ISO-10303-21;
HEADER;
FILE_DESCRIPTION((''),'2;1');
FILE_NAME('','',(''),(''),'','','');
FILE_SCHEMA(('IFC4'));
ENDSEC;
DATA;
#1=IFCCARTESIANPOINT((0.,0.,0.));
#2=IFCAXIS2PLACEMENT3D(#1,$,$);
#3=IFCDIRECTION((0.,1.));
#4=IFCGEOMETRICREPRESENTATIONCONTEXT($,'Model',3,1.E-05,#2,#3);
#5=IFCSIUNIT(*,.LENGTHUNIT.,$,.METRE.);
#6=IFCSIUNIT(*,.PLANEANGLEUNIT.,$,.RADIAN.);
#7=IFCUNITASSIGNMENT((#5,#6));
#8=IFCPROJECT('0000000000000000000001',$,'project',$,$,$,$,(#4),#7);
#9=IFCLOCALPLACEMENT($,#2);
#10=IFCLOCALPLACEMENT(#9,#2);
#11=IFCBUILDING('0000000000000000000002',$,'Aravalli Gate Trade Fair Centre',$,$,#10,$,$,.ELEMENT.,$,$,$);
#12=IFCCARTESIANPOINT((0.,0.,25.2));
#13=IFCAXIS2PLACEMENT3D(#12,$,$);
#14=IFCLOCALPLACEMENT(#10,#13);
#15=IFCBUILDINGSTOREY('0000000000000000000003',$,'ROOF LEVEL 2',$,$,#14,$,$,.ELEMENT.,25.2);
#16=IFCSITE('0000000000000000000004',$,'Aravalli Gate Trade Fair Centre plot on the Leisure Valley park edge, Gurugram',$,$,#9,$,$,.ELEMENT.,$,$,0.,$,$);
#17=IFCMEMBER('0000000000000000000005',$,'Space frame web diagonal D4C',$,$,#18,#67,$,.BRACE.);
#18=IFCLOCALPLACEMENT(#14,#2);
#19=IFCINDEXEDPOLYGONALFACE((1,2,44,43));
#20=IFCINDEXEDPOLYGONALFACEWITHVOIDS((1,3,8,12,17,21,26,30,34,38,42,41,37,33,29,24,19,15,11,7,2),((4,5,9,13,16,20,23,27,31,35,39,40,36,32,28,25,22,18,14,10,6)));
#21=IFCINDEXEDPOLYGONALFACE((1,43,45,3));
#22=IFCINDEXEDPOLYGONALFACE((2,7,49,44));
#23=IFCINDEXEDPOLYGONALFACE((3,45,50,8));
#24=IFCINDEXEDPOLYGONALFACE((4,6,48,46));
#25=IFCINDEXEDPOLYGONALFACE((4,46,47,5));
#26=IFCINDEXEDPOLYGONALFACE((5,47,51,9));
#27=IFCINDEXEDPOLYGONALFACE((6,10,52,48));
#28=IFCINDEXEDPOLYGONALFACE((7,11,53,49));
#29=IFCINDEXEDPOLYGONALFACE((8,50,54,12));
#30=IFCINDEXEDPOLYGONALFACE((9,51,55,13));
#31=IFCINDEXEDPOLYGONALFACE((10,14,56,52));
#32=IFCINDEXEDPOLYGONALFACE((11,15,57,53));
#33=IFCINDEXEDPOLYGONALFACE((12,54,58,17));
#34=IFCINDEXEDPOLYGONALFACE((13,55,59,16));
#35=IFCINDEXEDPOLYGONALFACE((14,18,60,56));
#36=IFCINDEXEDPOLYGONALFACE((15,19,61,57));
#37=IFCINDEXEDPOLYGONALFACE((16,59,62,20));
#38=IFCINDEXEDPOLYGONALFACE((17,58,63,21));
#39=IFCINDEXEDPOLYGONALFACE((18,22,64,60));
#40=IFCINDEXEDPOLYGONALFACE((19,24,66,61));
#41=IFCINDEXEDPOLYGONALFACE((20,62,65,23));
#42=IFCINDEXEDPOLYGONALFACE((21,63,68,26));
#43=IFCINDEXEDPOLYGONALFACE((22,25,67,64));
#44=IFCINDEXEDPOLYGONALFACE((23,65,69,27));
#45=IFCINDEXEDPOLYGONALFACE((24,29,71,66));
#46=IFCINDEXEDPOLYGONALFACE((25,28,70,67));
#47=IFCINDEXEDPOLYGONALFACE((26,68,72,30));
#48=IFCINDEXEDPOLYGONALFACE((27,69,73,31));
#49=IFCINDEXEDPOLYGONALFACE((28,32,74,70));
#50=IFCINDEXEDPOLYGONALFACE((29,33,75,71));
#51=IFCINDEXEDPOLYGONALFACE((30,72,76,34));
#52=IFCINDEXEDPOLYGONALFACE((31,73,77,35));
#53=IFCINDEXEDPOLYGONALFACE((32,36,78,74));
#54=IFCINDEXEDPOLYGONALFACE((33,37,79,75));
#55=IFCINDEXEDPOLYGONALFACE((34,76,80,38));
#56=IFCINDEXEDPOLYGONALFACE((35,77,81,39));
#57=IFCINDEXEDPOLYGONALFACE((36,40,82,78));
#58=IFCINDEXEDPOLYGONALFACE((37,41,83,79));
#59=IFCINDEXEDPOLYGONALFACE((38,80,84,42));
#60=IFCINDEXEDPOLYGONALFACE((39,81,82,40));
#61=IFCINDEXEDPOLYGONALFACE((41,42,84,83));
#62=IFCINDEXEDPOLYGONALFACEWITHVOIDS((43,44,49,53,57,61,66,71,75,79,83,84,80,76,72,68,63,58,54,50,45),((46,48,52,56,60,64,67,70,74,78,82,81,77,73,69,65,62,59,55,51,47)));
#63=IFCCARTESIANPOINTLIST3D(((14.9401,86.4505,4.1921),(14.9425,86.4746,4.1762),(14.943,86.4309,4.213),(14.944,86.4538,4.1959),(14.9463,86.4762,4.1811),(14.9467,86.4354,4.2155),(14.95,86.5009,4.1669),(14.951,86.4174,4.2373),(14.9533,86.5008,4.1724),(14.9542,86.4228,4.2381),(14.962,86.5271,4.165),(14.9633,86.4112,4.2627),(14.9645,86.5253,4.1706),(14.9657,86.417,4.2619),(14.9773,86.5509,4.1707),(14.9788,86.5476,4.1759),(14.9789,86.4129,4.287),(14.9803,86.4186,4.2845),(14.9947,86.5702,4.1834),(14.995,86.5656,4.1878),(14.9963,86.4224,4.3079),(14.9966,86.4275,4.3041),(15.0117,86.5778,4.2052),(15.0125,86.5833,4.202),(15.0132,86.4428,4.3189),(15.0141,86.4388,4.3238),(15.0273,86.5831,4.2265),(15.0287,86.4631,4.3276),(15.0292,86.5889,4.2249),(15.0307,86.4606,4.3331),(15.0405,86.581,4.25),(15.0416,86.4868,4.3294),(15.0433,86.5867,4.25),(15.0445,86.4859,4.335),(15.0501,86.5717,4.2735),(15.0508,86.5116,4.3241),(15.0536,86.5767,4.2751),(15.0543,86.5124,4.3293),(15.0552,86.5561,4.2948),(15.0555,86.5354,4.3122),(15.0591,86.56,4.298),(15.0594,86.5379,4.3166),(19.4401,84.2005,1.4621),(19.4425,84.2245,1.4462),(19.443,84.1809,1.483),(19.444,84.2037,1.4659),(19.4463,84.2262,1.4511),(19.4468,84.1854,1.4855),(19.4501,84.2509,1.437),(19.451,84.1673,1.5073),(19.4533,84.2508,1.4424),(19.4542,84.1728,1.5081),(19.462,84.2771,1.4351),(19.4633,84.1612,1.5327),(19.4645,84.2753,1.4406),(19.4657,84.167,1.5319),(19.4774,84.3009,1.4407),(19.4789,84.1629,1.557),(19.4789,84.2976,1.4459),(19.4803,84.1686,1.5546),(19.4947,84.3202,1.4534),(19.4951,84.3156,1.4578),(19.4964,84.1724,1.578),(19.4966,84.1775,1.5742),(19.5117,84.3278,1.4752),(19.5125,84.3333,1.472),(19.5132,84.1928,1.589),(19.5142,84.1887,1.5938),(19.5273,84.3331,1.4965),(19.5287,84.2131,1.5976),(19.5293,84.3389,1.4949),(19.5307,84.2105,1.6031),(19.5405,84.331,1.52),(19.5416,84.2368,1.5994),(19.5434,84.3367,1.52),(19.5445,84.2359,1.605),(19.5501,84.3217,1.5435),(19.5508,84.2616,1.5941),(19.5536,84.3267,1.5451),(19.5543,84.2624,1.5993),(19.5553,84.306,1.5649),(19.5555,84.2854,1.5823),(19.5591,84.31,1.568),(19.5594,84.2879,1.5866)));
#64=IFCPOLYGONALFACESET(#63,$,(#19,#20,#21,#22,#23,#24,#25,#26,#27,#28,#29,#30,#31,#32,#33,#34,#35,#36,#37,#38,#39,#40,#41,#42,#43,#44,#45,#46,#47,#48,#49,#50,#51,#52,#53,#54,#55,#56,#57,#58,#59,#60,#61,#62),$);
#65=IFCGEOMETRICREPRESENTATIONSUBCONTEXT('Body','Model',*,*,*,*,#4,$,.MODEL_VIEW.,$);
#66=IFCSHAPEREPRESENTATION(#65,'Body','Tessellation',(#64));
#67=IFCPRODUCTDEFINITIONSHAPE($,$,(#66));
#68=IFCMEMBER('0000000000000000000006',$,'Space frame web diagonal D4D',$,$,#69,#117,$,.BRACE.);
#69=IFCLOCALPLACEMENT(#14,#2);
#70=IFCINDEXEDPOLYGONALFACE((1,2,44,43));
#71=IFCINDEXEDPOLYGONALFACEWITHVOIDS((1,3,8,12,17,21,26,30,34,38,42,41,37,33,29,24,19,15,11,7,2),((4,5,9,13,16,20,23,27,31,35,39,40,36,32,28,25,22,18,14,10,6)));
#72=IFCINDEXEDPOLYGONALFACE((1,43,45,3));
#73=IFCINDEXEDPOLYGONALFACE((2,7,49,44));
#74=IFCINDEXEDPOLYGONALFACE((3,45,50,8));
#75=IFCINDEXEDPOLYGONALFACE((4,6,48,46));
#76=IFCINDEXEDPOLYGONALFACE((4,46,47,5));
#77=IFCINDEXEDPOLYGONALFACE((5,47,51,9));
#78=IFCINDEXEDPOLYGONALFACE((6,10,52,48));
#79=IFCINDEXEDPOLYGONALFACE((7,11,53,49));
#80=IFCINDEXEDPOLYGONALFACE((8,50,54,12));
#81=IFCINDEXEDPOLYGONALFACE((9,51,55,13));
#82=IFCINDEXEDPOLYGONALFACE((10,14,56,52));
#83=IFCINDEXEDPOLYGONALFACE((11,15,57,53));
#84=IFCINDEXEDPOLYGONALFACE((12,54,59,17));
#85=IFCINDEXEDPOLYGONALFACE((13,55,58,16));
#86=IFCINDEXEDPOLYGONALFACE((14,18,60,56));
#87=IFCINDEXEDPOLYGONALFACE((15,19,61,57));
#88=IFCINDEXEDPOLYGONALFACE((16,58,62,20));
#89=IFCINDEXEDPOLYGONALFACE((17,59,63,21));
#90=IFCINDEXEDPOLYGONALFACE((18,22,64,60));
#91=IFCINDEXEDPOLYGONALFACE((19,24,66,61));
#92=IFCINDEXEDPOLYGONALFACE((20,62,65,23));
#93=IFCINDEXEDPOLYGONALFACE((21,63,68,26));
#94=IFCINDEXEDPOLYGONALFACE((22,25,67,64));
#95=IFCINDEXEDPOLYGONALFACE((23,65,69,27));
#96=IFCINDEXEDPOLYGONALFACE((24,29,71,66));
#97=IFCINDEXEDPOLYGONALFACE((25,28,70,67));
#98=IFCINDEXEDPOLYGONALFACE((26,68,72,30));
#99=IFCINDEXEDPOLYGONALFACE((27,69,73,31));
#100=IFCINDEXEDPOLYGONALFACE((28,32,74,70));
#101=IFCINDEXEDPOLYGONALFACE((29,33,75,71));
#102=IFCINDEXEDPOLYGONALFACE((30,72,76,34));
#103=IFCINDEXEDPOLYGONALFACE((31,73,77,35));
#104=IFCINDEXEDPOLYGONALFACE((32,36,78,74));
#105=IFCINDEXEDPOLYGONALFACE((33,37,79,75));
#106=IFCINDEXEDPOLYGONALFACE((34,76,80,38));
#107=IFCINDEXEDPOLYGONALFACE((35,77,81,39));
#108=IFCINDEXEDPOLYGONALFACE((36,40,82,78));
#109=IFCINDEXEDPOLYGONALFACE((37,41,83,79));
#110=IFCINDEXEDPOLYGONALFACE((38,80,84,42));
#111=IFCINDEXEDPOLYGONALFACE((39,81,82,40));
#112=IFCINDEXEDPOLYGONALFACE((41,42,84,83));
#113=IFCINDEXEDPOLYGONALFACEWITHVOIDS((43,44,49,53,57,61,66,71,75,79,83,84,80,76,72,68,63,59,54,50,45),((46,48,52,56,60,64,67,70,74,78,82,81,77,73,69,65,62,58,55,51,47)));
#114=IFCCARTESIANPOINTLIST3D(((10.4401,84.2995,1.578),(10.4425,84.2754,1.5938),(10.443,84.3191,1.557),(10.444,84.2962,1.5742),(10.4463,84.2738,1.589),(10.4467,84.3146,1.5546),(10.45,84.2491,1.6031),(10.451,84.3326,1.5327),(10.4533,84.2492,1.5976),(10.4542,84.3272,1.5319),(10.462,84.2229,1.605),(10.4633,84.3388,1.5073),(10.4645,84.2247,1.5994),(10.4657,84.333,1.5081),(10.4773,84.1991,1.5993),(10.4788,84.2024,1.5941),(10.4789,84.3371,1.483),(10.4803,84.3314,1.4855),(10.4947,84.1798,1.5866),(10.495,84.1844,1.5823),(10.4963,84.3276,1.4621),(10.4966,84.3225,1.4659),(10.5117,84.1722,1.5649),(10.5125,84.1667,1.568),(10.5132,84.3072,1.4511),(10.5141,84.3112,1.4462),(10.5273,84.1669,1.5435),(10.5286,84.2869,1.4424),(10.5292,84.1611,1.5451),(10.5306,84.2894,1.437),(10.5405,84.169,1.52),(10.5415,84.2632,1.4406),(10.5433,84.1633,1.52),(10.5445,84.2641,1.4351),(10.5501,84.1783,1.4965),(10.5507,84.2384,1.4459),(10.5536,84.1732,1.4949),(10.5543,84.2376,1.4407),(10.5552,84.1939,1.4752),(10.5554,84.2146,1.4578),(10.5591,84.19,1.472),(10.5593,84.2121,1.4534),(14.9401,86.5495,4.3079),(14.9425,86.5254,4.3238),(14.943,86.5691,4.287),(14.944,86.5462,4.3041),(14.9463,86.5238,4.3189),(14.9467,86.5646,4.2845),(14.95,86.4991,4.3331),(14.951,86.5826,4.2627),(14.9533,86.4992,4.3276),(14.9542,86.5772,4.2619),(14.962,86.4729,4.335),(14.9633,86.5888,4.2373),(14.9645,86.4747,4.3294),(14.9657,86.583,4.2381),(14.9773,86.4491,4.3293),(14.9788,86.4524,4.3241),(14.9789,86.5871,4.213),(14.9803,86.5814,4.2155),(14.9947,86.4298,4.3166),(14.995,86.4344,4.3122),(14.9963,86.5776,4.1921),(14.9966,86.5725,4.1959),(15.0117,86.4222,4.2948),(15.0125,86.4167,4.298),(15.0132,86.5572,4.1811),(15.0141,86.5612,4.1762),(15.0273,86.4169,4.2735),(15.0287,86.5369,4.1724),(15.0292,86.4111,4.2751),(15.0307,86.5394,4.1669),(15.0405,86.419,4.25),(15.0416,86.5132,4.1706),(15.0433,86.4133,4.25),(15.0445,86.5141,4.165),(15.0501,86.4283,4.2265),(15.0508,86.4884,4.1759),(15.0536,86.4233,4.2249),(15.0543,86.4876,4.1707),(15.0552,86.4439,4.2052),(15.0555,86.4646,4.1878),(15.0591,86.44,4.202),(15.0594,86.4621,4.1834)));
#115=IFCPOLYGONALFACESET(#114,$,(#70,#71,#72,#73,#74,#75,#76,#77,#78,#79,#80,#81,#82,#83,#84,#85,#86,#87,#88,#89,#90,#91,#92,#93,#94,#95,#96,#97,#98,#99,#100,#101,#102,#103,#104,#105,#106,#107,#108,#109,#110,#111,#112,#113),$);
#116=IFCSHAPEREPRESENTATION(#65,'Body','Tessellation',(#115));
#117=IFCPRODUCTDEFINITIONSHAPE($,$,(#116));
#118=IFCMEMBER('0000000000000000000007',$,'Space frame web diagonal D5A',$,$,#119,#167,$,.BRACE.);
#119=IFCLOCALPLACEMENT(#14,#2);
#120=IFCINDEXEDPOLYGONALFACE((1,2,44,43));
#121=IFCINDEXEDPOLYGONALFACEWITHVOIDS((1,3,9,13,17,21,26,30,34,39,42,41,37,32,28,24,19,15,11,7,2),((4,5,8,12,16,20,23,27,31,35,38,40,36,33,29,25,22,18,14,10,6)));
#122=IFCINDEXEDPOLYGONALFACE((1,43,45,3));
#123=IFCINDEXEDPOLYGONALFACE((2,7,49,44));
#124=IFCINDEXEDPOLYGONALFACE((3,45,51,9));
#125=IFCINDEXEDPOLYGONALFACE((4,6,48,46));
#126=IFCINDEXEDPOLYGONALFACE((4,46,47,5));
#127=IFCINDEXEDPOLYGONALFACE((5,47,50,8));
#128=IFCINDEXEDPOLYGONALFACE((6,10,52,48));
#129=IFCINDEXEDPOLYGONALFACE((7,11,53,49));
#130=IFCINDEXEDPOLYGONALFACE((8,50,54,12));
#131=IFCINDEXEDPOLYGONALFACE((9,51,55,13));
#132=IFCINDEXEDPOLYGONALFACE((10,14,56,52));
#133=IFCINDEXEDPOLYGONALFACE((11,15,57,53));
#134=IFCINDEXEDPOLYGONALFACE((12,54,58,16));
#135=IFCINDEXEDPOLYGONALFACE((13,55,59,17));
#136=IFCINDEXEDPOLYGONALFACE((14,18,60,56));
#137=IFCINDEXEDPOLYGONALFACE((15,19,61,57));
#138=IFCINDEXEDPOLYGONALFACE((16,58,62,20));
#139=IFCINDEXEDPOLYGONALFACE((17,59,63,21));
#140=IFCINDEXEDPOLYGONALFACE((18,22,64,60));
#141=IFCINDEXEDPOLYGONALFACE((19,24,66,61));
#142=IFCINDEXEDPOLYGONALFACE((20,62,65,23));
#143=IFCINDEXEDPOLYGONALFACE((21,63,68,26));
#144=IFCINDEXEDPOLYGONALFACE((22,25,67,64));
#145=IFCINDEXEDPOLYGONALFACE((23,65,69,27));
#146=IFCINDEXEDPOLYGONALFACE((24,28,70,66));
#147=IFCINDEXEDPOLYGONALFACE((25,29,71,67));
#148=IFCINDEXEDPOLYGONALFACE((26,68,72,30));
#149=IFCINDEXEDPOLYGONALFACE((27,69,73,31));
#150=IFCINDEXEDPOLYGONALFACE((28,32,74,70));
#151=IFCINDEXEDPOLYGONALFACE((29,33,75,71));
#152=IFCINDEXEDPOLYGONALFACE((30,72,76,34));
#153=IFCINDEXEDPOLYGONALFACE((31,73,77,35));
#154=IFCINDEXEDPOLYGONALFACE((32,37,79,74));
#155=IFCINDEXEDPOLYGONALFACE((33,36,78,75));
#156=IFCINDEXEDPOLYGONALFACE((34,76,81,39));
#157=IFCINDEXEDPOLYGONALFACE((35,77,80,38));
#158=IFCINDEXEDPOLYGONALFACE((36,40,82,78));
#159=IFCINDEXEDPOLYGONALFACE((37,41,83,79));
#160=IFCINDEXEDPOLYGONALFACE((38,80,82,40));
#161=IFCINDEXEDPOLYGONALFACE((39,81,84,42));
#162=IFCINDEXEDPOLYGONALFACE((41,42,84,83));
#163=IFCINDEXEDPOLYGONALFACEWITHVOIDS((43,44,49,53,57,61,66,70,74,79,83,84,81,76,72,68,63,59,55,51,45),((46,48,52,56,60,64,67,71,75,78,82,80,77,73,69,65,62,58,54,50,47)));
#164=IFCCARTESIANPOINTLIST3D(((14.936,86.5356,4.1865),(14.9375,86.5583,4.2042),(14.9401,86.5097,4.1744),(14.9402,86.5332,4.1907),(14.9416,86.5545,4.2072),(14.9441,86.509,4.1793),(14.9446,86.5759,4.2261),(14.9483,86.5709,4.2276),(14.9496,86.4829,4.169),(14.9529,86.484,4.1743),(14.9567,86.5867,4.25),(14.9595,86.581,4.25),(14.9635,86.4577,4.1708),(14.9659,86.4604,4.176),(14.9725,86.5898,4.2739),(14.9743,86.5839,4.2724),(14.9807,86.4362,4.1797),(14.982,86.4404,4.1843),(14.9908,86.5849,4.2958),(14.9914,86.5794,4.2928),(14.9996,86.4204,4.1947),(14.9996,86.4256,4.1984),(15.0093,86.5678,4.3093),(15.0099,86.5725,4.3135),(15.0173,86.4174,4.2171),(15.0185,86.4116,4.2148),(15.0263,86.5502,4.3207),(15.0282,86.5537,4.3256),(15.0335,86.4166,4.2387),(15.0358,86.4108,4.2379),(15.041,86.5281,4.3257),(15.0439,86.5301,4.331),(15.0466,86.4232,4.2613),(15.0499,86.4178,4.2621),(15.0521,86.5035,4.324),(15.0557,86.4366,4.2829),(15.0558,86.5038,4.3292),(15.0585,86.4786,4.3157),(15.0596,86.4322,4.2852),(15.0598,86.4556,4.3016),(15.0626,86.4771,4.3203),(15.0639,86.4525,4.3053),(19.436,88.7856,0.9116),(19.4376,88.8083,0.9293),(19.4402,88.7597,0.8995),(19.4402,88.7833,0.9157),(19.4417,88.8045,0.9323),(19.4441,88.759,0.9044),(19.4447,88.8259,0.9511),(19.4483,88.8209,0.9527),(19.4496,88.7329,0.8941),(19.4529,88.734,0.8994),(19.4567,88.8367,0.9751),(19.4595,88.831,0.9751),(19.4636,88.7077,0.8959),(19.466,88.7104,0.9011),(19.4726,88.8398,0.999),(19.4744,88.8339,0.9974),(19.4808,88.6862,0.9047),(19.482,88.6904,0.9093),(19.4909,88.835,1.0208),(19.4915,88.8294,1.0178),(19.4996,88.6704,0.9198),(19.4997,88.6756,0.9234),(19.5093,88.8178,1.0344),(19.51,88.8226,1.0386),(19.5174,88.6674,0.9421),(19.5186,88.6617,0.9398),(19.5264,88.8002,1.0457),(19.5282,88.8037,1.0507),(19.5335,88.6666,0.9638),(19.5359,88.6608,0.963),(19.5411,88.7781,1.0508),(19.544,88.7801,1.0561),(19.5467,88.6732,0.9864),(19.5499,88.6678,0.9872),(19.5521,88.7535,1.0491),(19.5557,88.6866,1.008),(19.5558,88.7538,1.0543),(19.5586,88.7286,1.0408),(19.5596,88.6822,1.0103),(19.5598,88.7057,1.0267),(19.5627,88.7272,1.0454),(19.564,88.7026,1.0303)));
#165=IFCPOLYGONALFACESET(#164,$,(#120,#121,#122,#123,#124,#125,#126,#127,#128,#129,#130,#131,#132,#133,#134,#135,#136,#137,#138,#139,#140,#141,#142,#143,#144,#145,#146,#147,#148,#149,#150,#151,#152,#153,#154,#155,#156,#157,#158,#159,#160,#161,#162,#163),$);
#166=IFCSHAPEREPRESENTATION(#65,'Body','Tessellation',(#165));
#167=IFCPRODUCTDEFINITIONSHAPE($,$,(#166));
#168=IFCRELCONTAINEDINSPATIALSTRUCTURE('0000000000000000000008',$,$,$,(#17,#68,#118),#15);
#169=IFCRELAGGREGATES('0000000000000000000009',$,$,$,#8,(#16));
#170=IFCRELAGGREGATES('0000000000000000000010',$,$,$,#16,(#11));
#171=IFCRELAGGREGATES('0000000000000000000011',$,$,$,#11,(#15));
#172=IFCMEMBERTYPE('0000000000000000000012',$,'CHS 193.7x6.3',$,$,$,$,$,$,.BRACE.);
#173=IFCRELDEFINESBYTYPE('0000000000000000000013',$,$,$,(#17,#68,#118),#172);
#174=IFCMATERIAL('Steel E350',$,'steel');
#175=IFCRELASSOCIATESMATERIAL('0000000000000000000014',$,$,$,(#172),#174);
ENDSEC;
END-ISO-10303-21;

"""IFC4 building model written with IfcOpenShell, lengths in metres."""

from ifc_helpers import new_model, si_unit, direction, frame, origin, origin_2d, place, context, subcontext, project, spatial, hollow_circle, extrude, material, material_profile, profile_set, type_object, element, save


model = new_model("IFC4")

# Units and contexts
model_context = context("Model", 3, precision=1e-05, world=origin(), true_north=direction((0.0, 1.0)))
body_context = subcontext(model_context, "Body", "Model", "MODEL_VIEW")
ifc_project = project(units=[si_unit("LENGTHUNIT", "METRE"), si_unit("PLANEANGLEUNIT", "RADIAN")], contexts=[model_context])

# Site, building, storey
site_placement = place(None, origin())
site = spatial("IfcSite", under=ifc_project, at=site_placement, Name="Aravalli Gate Trade Fair Centre plot on the Leisure Valley park edge, Gurugram", CompositionType="ELEMENT", RefElevation=0.0)
building_placement = place(site_placement, origin())
building = spatial("IfcBuilding", under=site, at=building_placement, Name="Aravalli Gate Trade Fair Centre", CompositionType="ELEMENT")
storey_placement = place(building_placement, frame((0.0, 0.0, 25.2)))
storey = spatial("IfcBuildingStorey", under=building, at=storey_placement, Name="ROOF LEVEL 2", CompositionType="ELEMENT", Elevation=25.2)

# Members
ifc_material_1 = material(Name="Steel E350", Category="steel")
ifc_material_profile_1 = material_profile(ifc_material_1, hollow_circle(Radius=0.0969, WallThickness=0.0063, at=origin_2d()), Name="CHS 193.7x6.3")
ifc_profile_set_1 = profile_set([ifc_material_profile_1], Name="Steel E350")
member_type_1 = type_object("IfcMemberType", Name="CHS 193.7x6.3", PredefinedType="BRACE", material=ifc_profile_set_1)
for number, where, z_axis, x_axis, name in (
    (1, (15.0, 86.5, 4.25), (0.78615, -0.393075, -0.476928), (0.447214, 0.894427, 0.0), "Space frame web diagonal D4C"),
    (2, (15.0, 86.5, 4.25), (-0.78615, -0.393075, -0.476928), (0.447214, -0.894427, 0.0), "Space frame web diagonal D4D"),
):
    element("IfcMember", number, at=place(storey_placement, frame(where, z_axis=z_axis, x_axis=x_axis)), inside=storey, type_object=member_type_1, Name=name, PredefinedType="BRACE", context=body_context, shape_type="SweptSolid", body=[
        extrude(hollow_circle(Radius=0.0969, WallThickness=0.0063, at=origin_2d()), origin(), (0.0, 0.0, 1.0), 5.7241),
    ])
for number, where, z_axis, x_axis, name in (
    (3, (15.0, 86.5, 4.25), (0.74961, 0.374805, -0.545533), (-0.447214, 0.894427, 0.0), "Space frame web diagonal D5A"),
):
    element("IfcMember", number, at=place(storey_placement, frame(where, z_axis=z_axis, x_axis=x_axis)), inside=storey, type_object=member_type_1, Name=name, PredefinedType="BRACE", context=body_context, shape_type="SweptSolid", body=[
        extrude(hollow_circle(Radius=0.0969, WallThickness=0.0063, at=origin_2d()), origin(), (0.0, 0.0, 1.0), 6.0032),
    ])

save(model, "model.ifc")
